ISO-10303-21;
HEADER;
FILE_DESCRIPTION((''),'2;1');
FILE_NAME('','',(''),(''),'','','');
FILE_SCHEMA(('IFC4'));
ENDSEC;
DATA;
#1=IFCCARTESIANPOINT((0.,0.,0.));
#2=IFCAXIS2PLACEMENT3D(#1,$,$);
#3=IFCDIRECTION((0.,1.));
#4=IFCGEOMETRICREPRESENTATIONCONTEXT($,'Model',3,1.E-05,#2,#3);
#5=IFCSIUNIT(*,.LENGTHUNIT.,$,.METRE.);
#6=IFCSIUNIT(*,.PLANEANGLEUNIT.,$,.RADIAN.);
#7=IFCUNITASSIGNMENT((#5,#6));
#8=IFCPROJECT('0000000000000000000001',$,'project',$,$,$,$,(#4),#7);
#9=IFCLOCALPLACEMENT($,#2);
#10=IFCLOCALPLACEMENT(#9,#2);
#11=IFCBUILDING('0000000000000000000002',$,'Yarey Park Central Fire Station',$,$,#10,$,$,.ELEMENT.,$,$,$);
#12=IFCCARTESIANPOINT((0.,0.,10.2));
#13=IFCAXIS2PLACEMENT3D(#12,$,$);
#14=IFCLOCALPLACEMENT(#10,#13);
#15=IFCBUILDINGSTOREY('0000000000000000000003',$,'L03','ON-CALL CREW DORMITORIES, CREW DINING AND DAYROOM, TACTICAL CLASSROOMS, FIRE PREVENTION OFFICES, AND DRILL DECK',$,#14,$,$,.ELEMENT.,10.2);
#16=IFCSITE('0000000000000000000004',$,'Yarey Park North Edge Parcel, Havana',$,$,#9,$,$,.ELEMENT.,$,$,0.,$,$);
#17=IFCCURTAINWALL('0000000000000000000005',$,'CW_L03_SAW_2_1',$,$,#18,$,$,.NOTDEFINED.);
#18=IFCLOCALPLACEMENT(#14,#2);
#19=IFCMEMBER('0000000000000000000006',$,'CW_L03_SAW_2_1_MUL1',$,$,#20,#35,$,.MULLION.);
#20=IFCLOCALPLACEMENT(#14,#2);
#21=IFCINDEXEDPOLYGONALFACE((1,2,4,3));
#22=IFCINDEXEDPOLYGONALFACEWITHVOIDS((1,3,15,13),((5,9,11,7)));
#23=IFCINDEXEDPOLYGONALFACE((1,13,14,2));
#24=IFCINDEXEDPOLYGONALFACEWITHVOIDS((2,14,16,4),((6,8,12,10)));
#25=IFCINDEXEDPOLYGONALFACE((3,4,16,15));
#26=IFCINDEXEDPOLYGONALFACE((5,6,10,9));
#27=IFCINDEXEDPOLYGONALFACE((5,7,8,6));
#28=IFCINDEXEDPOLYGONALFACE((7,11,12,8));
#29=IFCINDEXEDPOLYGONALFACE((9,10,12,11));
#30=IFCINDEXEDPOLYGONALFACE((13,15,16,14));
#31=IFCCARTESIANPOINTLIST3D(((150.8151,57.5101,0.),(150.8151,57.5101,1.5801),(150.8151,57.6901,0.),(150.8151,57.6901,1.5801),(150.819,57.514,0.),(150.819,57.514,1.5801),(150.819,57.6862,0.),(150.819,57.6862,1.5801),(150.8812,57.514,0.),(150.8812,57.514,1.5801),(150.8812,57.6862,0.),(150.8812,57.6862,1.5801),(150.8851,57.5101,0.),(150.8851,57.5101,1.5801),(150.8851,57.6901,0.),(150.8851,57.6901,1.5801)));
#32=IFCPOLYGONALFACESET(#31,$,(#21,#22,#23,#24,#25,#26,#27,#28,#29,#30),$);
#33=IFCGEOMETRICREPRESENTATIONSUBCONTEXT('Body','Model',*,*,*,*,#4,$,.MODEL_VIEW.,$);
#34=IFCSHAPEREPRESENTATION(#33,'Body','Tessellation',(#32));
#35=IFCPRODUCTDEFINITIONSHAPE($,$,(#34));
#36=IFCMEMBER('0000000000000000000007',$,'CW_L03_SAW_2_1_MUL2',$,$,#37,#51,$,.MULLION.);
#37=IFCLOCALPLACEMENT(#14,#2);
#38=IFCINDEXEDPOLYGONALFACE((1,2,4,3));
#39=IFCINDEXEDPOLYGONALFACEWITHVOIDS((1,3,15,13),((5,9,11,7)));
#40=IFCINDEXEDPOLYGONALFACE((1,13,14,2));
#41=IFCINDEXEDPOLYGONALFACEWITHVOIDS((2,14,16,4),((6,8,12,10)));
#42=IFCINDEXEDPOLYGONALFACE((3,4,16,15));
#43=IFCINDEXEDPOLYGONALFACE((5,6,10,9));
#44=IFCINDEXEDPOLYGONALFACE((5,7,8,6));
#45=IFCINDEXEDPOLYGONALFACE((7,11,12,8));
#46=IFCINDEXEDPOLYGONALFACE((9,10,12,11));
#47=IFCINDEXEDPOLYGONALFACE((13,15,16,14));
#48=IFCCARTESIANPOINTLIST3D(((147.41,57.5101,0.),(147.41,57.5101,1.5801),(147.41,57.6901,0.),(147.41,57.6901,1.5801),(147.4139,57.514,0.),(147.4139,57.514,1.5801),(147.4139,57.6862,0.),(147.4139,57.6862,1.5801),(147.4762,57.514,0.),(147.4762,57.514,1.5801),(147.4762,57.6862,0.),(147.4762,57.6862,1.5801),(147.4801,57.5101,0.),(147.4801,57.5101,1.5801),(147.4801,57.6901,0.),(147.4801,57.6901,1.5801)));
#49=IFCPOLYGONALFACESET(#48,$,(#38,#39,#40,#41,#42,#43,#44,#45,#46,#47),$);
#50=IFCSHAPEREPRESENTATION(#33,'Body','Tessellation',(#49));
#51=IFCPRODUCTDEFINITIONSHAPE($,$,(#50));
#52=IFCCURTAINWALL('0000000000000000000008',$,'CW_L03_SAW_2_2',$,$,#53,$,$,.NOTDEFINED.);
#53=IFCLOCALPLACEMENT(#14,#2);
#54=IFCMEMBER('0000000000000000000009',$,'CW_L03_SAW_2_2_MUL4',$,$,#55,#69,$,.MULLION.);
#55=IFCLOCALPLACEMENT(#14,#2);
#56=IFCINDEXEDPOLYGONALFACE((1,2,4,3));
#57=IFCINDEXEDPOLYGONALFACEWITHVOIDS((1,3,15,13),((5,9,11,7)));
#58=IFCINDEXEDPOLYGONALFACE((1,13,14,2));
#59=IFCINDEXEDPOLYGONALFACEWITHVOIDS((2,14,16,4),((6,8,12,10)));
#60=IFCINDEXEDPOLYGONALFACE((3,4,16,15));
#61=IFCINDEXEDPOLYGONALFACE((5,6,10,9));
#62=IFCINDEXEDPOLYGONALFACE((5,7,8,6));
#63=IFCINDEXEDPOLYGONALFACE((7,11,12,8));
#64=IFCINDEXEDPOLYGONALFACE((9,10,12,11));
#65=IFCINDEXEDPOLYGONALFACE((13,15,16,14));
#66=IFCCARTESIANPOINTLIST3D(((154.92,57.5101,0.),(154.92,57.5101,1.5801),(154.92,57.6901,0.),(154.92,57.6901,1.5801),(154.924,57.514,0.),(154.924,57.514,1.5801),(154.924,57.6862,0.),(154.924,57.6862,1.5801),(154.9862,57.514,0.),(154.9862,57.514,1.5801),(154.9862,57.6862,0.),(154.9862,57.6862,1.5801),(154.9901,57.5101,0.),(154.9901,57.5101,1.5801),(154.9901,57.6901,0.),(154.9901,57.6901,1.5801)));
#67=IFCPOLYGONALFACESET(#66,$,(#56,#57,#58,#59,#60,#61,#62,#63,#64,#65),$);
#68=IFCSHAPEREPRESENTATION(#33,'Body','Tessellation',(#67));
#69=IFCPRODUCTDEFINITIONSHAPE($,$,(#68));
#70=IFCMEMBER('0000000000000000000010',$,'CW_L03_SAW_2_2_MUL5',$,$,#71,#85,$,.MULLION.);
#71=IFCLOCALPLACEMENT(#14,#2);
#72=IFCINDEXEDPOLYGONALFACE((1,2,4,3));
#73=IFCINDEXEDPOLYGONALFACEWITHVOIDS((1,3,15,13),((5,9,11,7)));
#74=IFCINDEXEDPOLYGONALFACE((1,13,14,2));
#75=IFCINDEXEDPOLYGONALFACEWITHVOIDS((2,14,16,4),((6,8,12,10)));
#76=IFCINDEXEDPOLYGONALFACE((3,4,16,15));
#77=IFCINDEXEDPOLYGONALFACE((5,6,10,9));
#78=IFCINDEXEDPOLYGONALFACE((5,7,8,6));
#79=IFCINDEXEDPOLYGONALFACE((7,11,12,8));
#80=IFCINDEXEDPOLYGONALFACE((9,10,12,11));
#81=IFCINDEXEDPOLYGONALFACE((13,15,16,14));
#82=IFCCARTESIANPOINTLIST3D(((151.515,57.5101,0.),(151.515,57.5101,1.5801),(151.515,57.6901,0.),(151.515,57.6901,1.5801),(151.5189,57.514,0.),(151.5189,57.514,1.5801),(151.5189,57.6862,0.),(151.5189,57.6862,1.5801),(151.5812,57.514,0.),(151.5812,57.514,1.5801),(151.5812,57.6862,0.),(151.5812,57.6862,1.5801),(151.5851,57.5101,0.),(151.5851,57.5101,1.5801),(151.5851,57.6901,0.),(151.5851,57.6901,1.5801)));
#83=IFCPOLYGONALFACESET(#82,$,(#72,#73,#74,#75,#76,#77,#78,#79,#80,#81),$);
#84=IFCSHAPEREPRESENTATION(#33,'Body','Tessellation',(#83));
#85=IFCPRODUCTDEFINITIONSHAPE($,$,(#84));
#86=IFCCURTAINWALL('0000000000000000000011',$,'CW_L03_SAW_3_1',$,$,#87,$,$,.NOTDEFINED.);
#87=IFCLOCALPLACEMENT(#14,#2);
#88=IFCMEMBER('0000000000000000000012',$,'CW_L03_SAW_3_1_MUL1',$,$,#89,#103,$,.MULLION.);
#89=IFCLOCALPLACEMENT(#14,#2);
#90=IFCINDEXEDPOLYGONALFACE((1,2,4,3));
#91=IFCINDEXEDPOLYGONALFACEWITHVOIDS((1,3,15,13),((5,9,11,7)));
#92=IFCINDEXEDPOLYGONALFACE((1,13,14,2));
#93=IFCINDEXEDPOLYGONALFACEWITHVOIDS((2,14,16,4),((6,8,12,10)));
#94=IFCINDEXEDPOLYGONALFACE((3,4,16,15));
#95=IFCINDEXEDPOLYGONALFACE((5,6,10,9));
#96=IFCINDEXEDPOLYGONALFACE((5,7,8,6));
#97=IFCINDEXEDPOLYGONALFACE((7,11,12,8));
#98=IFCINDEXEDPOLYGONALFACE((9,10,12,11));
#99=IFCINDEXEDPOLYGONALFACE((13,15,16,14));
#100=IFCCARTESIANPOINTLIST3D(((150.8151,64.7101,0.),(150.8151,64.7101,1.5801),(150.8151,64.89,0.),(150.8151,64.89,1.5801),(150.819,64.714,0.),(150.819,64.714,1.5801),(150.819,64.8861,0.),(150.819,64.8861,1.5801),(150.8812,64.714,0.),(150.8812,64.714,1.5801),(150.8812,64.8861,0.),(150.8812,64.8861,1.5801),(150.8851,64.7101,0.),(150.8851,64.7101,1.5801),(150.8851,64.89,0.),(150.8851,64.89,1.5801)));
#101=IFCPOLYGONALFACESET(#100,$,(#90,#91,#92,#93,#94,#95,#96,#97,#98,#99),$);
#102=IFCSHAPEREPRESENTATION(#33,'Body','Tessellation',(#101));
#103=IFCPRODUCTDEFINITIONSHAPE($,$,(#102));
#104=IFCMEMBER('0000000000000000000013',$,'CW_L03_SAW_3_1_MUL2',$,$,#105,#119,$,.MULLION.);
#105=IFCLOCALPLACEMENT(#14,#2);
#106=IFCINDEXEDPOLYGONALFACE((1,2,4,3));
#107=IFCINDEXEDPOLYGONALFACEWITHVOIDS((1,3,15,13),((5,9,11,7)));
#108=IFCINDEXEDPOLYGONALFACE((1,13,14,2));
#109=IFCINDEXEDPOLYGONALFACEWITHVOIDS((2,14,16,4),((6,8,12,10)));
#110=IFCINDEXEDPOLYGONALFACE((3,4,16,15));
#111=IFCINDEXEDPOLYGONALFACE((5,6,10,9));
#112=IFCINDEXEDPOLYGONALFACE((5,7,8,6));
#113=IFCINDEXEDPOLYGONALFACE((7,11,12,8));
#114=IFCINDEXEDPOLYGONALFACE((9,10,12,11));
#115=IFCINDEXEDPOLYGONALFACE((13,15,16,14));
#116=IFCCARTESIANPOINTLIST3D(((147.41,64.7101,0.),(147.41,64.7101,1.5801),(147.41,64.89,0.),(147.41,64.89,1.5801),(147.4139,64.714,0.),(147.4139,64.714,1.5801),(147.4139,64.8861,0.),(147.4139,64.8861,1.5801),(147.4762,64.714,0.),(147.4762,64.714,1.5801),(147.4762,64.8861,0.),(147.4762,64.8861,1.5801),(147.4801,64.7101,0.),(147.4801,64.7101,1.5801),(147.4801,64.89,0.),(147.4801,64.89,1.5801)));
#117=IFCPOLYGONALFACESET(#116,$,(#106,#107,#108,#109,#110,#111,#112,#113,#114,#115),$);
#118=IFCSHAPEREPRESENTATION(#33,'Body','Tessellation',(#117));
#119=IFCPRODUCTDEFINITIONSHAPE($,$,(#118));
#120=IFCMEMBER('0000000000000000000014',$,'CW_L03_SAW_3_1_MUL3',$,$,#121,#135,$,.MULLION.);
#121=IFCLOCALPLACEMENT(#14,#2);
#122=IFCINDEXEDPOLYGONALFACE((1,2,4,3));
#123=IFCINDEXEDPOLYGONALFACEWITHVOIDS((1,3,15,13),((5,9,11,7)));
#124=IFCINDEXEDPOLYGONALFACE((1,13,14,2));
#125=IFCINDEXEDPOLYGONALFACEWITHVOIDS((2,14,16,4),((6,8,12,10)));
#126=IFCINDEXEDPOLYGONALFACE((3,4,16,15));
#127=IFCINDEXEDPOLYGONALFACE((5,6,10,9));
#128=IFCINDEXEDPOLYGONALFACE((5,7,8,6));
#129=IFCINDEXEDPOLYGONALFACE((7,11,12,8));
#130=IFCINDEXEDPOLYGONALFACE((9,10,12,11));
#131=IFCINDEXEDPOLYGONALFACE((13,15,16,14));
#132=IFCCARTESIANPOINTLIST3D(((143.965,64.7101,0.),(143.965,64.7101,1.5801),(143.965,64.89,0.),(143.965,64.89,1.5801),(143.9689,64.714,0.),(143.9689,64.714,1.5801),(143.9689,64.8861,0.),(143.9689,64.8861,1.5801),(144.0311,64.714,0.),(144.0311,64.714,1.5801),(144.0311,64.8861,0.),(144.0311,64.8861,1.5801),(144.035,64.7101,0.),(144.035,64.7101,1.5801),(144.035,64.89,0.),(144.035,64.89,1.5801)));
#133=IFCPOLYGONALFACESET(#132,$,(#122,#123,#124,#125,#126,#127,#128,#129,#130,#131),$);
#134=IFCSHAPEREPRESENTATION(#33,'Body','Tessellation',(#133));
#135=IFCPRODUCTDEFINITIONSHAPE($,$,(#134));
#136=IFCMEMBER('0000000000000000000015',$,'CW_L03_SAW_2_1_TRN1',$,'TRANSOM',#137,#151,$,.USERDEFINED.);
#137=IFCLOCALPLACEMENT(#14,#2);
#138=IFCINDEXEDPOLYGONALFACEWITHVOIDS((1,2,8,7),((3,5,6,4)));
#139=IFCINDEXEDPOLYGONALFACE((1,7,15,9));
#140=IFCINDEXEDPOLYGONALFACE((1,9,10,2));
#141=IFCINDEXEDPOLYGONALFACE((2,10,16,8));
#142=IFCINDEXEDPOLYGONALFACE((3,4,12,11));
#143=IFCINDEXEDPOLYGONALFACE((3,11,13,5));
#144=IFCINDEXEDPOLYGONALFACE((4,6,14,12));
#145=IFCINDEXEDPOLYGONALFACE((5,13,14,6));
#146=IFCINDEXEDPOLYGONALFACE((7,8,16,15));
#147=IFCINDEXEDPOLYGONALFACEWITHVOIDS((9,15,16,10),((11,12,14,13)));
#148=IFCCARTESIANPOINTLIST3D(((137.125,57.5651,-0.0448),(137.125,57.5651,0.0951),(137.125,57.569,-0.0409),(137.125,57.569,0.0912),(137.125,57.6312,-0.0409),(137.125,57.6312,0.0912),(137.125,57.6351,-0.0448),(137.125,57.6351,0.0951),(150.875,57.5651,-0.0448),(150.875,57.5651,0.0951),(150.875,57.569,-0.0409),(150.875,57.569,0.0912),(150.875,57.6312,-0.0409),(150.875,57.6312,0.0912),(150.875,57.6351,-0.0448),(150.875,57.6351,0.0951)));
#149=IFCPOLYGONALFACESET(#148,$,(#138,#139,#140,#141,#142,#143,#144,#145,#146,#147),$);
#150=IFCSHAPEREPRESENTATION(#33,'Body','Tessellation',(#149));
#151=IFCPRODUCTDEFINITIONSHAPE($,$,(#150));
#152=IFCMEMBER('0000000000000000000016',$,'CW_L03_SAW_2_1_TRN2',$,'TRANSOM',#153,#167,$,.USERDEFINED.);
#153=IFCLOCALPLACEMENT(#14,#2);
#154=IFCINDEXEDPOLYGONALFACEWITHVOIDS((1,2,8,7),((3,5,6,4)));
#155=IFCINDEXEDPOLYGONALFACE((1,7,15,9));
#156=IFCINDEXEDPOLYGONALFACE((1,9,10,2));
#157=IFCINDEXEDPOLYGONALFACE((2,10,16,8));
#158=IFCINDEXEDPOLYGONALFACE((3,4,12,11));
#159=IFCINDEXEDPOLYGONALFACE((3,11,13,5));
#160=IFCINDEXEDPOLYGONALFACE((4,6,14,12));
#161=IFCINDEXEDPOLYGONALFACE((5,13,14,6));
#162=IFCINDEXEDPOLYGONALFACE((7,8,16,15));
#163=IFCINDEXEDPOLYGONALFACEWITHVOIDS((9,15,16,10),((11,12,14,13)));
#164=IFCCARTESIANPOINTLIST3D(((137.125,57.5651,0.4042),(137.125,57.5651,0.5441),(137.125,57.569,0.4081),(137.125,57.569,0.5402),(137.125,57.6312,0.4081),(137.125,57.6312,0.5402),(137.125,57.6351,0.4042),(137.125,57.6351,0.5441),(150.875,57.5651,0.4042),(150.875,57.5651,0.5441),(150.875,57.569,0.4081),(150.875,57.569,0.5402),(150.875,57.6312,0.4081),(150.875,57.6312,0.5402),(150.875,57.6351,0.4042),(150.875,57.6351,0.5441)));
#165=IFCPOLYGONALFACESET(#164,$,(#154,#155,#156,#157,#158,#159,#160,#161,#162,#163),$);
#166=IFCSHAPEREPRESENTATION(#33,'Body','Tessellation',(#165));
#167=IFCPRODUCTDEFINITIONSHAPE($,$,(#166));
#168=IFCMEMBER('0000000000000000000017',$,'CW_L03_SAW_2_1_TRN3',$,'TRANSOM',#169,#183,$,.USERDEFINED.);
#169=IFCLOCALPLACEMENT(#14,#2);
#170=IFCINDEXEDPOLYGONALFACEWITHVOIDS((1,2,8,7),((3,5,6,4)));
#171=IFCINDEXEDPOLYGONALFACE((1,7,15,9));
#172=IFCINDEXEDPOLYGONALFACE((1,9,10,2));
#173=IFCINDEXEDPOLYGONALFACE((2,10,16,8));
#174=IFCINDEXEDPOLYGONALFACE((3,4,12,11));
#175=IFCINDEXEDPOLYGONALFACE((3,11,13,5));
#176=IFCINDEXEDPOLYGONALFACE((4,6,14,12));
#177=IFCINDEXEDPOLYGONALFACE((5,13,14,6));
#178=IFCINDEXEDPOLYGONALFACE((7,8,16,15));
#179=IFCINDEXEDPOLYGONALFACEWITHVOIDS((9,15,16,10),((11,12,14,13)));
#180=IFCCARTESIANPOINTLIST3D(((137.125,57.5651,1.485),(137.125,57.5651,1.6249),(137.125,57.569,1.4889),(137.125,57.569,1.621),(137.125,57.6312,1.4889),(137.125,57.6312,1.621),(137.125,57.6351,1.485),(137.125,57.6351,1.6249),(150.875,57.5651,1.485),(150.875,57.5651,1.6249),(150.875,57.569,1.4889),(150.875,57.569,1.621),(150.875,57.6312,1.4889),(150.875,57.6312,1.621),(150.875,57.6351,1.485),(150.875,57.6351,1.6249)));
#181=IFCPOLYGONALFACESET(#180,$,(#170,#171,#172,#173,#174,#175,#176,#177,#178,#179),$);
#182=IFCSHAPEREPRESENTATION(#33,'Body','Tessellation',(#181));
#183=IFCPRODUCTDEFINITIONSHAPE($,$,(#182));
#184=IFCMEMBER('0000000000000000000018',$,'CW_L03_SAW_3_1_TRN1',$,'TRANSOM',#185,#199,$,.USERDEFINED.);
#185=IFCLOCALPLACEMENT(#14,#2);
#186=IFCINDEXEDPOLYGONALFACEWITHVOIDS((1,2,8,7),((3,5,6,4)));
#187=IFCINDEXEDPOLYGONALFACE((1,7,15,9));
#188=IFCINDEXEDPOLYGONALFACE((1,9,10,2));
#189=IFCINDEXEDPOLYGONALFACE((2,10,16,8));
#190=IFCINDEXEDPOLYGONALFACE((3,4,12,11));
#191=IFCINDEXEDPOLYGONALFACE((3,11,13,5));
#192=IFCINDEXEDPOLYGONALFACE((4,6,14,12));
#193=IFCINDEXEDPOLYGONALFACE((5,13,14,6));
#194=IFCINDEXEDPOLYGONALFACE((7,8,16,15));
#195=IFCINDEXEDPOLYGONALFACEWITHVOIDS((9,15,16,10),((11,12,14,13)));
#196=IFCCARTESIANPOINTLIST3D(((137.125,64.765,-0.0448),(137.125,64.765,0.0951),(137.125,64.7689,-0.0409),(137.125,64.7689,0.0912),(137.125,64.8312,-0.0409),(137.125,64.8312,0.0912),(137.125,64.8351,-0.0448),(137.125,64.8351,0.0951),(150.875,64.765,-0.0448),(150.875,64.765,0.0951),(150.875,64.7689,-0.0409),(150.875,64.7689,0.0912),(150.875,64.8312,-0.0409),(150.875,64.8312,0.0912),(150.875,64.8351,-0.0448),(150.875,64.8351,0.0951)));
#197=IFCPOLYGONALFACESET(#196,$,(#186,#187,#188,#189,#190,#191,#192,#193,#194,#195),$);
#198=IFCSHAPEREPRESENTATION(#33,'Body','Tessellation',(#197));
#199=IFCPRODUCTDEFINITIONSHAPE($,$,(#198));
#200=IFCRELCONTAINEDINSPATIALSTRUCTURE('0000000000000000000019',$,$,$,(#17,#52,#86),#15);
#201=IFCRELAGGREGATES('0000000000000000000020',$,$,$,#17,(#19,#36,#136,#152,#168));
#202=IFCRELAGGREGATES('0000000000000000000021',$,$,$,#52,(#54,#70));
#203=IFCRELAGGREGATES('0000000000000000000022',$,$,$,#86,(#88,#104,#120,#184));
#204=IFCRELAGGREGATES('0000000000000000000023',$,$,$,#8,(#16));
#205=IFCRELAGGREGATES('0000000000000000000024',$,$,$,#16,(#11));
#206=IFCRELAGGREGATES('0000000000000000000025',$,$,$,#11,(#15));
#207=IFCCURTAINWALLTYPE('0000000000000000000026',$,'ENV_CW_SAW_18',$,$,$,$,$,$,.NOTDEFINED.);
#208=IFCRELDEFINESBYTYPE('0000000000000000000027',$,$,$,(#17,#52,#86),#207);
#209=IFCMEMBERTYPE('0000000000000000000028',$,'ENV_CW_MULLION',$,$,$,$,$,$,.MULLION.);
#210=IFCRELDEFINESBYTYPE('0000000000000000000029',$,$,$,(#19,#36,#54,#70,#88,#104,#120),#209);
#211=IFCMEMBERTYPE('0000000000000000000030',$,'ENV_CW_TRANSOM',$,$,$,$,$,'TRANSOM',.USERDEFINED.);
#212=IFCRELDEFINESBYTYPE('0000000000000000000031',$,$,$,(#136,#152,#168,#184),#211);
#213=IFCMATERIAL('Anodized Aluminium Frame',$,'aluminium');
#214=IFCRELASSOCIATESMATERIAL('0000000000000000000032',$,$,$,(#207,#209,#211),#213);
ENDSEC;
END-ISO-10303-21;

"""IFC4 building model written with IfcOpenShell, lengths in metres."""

from ifc_helpers import new_model, si_unit, direction, frame, origin, origin_2d, place, context, subcontext, project, spatial, hollow_rectangle, extrude, material, material_profile, profile_set, type_object, element, aggregate, save


model = new_model("IFC4")

# Units and contexts
model_context = context("Model", 3, precision=1e-05, world=origin(), true_north=direction((0.0, 1.0)))
body_context = subcontext(model_context, "Body", "Model", "MODEL_VIEW")
ifc_project = project(units=[si_unit("LENGTHUNIT", "METRE"), si_unit("PLANEANGLEUNIT", "RADIAN")], contexts=[model_context])

# Site, building, storey
site_placement = place(None, origin())
site = spatial("IfcSite", under=ifc_project, at=site_placement, Name="Yarey Park North Edge Parcel, Havana", CompositionType="ELEMENT", RefElevation=0.0)
building_placement = place(site_placement, origin())
building = spatial("IfcBuilding", under=site, at=building_placement, Name="Yarey Park Central Fire Station", CompositionType="ELEMENT")
storey_placement = place(building_placement, frame((0.0, 0.0, 10.2)))
storey = spatial("IfcBuildingStorey", under=building, at=storey_placement, Name="L03", Description="ON-CALL CREW DORMITORIES, CREW DINING AND DAYROOM, TACTICAL CLASSROOMS, FIRE PREVENTION OFFICES, AND DRILL DECK", CompositionType="ELEMENT", Elevation=10.2)

# Curtain walls, members
ifc_material_1 = material(Name="Anodized Aluminium Frame", Category="aluminium")
curtain_wall_type = type_object("IfcCurtainWallType", Name="ENV_CW_SAW_18", PredefinedType="NOTDEFINED", material=ifc_material_1)
curtain_wall_1_placement = place(storey_placement, origin())
curtain_wall_1 = element("IfcCurtainWall", 1, at=curtain_wall_1_placement, inside=storey, type_object=curtain_wall_type, Name="CW_L03_SAW_2_1", PredefinedType="NOTDEFINED")
ifc_material_profile_1 = material_profile(ifc_material_1, hollow_rectangle(XDim=0.0701, YDim=0.1799, WallThickness=0.0039, at=origin_2d()), Name="ALU 180x70x4")
ifc_profile_set_1 = profile_set([ifc_material_profile_1], Name="Anodized Aluminium Frame")
member_type_1 = type_object("IfcMemberType", Name="ENV_CW_MULLION", PredefinedType="MULLION", material=ifc_profile_set_1)
member_1_placement = place(storey_placement, frame((150.8501, 57.6001, 0.0), z_axis=(0.0, 0.0, 1.0), x_axis=(1.0, 0.0, 0.0)))
member_1 = element("IfcMember", 2, at=member_1_placement, type_object=member_type_1, Name="CW_L03_SAW_2_1_MUL1", PredefinedType="MULLION", context=body_context, shape_type="SweptSolid", body=[
    extrude(hollow_rectangle(XDim=0.0701, YDim=0.1799, WallThickness=0.0039, at=origin_2d()), origin(), (0.0, 0.0, 1.0), 1.5801),
])
member_2_placement = place(storey_placement, frame((147.4451, 57.6001, 0.0), z_axis=(0.0, 0.0, 1.0), x_axis=(1.0, 0.0, 0.0)))
member_2 = element("IfcMember", 3, at=member_2_placement, type_object=member_type_1, Name="CW_L03_SAW_2_1_MUL2", PredefinedType="MULLION", context=body_context, shape_type="SweptSolid", body=[
    extrude(hollow_rectangle(XDim=0.0701, YDim=0.1799, WallThickness=0.0039, at=origin_2d()), origin(), (0.0, 0.0, 1.0), 1.5801),
])
curtain_wall_2_placement = place(storey_placement, origin())
curtain_wall_2 = element("IfcCurtainWall", 4, at=curtain_wall_2_placement, inside=storey, type_object=curtain_wall_type, Name="CW_L03_SAW_2_2", PredefinedType="NOTDEFINED")
member_3_placement = place(storey_placement, frame((154.9551, 57.6001, 0.0), z_axis=(0.0, 0.0, 1.0), x_axis=(1.0, 0.0, 0.0)))
member_3 = element("IfcMember", 5, at=member_3_placement, type_object=member_type_1, Name="CW_L03_SAW_2_2_MUL4", PredefinedType="MULLION", context=body_context, shape_type="SweptSolid", body=[
    extrude(hollow_rectangle(XDim=0.0701, YDim=0.1799, WallThickness=0.0039, at=origin_2d()), origin(), (0.0, 0.0, 1.0), 1.5801),
])
member_4_placement = place(storey_placement, frame((151.55, 57.6001, 0.0), z_axis=(0.0, 0.0, 1.0), x_axis=(1.0, 0.0, 0.0)))
member_4 = element("IfcMember", 6, at=member_4_placement, type_object=member_type_1, Name="CW_L03_SAW_2_2_MUL5", PredefinedType="MULLION", context=body_context, shape_type="SweptSolid", body=[
    extrude(hollow_rectangle(XDim=0.0701, YDim=0.1799, WallThickness=0.0039, at=origin_2d()), origin(), (0.0, 0.0, 1.0), 1.5801),
])
curtain_wall_3_placement = place(storey_placement, origin())
curtain_wall_3 = element("IfcCurtainWall", 7, at=curtain_wall_3_placement, inside=storey, type_object=curtain_wall_type, Name="CW_L03_SAW_3_1", PredefinedType="NOTDEFINED")
member_5_placement = place(storey_placement, frame((150.8501, 64.8, 0.0), z_axis=(0.0, 0.0, 1.0), x_axis=(1.0, 0.0, 0.0)))
member_5 = element("IfcMember", 8, at=member_5_placement, type_object=member_type_1, Name="CW_L03_SAW_3_1_MUL1", PredefinedType="MULLION", context=body_context, shape_type="SweptSolid", body=[
    extrude(hollow_rectangle(XDim=0.0701, YDim=0.1799, WallThickness=0.0039, at=origin_2d()), origin(), (0.0, 0.0, 1.0), 1.5801),
])
member_6_placement = place(storey_placement, frame((147.4451, 64.8, 0.0), z_axis=(0.0, 0.0, 1.0), x_axis=(1.0, 0.0, 0.0)))
member_6 = element("IfcMember", 9, at=member_6_placement, type_object=member_type_1, Name="CW_L03_SAW_3_1_MUL2", PredefinedType="MULLION", context=body_context, shape_type="SweptSolid", body=[
    extrude(hollow_rectangle(XDim=0.0701, YDim=0.1799, WallThickness=0.0039, at=origin_2d()), origin(), (0.0, 0.0, 1.0), 1.5801),
])
member_7_placement = place(storey_placement, frame((144.0, 64.8, 0.0), z_axis=(0.0, 0.0, 1.0), x_axis=(1.0, 0.0, 0.0)))
member_7 = element("IfcMember", 10, at=member_7_placement, type_object=member_type_1, Name="CW_L03_SAW_3_1_MUL3", PredefinedType="MULLION", context=body_context, shape_type="SweptSolid", body=[
    extrude(hollow_rectangle(XDim=0.0701, YDim=0.1799, WallThickness=0.0039, at=origin_2d()), origin(), (0.0, 0.0, 1.0), 1.5801),
])

# Members
ifc_material_profile_2 = material_profile(ifc_material_1, hollow_rectangle(XDim=0.0701, YDim=0.1399, WallThickness=0.0039, at=origin_2d()), Name="ALU 140x70x4")
ifc_profile_set_2 = profile_set([ifc_material_profile_2], Name="Anodized Aluminium Frame")
member_type_2 = type_object("IfcMemberType", Name="ENV_CW_TRANSOM", ElementType="TRANSOM", PredefinedType="USERDEFINED", material=ifc_profile_set_2)
member_8_placement = place(storey_placement, frame((150.875, 57.6001, 0.0251), z_axis=(-1.0, 0.0, 0.0), x_axis=(0.0, -1.0, 0.0)))
member_8 = element("IfcMember", 11, at=member_8_placement, type_object=member_type_2, Name="CW_L03_SAW_2_1_TRN1", ObjectType="TRANSOM", PredefinedType="USERDEFINED", context=body_context, shape_type="SweptSolid", body=[
    extrude(hollow_rectangle(XDim=0.0701, YDim=0.1399, WallThickness=0.0039, at=origin_2d()), origin(), (0.0, 0.0, 1.0), 13.75),
])
member_9_placement = place(storey_placement, frame((150.875, 57.6001, 0.4741), z_axis=(-1.0, 0.0, 0.0), x_axis=(0.0, -1.0, 0.0)))
member_9 = element("IfcMember", 12, at=member_9_placement, type_object=member_type_2, Name="CW_L03_SAW_2_1_TRN2", ObjectType="TRANSOM", PredefinedType="USERDEFINED", context=body_context, shape_type="SweptSolid", body=[
    extrude(hollow_rectangle(XDim=0.0701, YDim=0.1399, WallThickness=0.0039, at=origin_2d()), origin(), (0.0, 0.0, 1.0), 13.75),
])
member_10_placement = place(storey_placement, frame((150.875, 57.6001, 1.5549), z_axis=(-1.0, 0.0, 0.0), x_axis=(0.0, -1.0, 0.0)))
member_10 = element("IfcMember", 13, at=member_10_placement, type_object=member_type_2, Name="CW_L03_SAW_2_1_TRN3", ObjectType="TRANSOM", PredefinedType="USERDEFINED", context=body_context, shape_type="SweptSolid", body=[
    extrude(hollow_rectangle(XDim=0.0701, YDim=0.1399, WallThickness=0.0039, at=origin_2d()), origin(), (0.0, 0.0, 1.0), 13.75),
])
member_11_placement = place(storey_placement, frame((150.875, 64.8, 0.0251), z_axis=(-1.0, 0.0, 0.0), x_axis=(0.0, -1.0, 0.0)))
member_11 = element("IfcMember", 14, at=member_11_placement, type_object=member_type_2, Name="CW_L03_SAW_3_1_TRN1", ObjectType="TRANSOM", PredefinedType="USERDEFINED", context=body_context, shape_type="SweptSolid", body=[
    extrude(hollow_rectangle(XDim=0.0701, YDim=0.1399, WallThickness=0.0039, at=origin_2d()), origin(), (0.0, 0.0, 1.0), 13.75),
])

aggregate(curtain_wall_1, [member_1, member_2, member_8, member_9, member_10])
aggregate(curtain_wall_2, [member_3, member_4])
aggregate(curtain_wall_3, [member_5, member_6, member_7, member_11])

save(model, "model.ifc")
